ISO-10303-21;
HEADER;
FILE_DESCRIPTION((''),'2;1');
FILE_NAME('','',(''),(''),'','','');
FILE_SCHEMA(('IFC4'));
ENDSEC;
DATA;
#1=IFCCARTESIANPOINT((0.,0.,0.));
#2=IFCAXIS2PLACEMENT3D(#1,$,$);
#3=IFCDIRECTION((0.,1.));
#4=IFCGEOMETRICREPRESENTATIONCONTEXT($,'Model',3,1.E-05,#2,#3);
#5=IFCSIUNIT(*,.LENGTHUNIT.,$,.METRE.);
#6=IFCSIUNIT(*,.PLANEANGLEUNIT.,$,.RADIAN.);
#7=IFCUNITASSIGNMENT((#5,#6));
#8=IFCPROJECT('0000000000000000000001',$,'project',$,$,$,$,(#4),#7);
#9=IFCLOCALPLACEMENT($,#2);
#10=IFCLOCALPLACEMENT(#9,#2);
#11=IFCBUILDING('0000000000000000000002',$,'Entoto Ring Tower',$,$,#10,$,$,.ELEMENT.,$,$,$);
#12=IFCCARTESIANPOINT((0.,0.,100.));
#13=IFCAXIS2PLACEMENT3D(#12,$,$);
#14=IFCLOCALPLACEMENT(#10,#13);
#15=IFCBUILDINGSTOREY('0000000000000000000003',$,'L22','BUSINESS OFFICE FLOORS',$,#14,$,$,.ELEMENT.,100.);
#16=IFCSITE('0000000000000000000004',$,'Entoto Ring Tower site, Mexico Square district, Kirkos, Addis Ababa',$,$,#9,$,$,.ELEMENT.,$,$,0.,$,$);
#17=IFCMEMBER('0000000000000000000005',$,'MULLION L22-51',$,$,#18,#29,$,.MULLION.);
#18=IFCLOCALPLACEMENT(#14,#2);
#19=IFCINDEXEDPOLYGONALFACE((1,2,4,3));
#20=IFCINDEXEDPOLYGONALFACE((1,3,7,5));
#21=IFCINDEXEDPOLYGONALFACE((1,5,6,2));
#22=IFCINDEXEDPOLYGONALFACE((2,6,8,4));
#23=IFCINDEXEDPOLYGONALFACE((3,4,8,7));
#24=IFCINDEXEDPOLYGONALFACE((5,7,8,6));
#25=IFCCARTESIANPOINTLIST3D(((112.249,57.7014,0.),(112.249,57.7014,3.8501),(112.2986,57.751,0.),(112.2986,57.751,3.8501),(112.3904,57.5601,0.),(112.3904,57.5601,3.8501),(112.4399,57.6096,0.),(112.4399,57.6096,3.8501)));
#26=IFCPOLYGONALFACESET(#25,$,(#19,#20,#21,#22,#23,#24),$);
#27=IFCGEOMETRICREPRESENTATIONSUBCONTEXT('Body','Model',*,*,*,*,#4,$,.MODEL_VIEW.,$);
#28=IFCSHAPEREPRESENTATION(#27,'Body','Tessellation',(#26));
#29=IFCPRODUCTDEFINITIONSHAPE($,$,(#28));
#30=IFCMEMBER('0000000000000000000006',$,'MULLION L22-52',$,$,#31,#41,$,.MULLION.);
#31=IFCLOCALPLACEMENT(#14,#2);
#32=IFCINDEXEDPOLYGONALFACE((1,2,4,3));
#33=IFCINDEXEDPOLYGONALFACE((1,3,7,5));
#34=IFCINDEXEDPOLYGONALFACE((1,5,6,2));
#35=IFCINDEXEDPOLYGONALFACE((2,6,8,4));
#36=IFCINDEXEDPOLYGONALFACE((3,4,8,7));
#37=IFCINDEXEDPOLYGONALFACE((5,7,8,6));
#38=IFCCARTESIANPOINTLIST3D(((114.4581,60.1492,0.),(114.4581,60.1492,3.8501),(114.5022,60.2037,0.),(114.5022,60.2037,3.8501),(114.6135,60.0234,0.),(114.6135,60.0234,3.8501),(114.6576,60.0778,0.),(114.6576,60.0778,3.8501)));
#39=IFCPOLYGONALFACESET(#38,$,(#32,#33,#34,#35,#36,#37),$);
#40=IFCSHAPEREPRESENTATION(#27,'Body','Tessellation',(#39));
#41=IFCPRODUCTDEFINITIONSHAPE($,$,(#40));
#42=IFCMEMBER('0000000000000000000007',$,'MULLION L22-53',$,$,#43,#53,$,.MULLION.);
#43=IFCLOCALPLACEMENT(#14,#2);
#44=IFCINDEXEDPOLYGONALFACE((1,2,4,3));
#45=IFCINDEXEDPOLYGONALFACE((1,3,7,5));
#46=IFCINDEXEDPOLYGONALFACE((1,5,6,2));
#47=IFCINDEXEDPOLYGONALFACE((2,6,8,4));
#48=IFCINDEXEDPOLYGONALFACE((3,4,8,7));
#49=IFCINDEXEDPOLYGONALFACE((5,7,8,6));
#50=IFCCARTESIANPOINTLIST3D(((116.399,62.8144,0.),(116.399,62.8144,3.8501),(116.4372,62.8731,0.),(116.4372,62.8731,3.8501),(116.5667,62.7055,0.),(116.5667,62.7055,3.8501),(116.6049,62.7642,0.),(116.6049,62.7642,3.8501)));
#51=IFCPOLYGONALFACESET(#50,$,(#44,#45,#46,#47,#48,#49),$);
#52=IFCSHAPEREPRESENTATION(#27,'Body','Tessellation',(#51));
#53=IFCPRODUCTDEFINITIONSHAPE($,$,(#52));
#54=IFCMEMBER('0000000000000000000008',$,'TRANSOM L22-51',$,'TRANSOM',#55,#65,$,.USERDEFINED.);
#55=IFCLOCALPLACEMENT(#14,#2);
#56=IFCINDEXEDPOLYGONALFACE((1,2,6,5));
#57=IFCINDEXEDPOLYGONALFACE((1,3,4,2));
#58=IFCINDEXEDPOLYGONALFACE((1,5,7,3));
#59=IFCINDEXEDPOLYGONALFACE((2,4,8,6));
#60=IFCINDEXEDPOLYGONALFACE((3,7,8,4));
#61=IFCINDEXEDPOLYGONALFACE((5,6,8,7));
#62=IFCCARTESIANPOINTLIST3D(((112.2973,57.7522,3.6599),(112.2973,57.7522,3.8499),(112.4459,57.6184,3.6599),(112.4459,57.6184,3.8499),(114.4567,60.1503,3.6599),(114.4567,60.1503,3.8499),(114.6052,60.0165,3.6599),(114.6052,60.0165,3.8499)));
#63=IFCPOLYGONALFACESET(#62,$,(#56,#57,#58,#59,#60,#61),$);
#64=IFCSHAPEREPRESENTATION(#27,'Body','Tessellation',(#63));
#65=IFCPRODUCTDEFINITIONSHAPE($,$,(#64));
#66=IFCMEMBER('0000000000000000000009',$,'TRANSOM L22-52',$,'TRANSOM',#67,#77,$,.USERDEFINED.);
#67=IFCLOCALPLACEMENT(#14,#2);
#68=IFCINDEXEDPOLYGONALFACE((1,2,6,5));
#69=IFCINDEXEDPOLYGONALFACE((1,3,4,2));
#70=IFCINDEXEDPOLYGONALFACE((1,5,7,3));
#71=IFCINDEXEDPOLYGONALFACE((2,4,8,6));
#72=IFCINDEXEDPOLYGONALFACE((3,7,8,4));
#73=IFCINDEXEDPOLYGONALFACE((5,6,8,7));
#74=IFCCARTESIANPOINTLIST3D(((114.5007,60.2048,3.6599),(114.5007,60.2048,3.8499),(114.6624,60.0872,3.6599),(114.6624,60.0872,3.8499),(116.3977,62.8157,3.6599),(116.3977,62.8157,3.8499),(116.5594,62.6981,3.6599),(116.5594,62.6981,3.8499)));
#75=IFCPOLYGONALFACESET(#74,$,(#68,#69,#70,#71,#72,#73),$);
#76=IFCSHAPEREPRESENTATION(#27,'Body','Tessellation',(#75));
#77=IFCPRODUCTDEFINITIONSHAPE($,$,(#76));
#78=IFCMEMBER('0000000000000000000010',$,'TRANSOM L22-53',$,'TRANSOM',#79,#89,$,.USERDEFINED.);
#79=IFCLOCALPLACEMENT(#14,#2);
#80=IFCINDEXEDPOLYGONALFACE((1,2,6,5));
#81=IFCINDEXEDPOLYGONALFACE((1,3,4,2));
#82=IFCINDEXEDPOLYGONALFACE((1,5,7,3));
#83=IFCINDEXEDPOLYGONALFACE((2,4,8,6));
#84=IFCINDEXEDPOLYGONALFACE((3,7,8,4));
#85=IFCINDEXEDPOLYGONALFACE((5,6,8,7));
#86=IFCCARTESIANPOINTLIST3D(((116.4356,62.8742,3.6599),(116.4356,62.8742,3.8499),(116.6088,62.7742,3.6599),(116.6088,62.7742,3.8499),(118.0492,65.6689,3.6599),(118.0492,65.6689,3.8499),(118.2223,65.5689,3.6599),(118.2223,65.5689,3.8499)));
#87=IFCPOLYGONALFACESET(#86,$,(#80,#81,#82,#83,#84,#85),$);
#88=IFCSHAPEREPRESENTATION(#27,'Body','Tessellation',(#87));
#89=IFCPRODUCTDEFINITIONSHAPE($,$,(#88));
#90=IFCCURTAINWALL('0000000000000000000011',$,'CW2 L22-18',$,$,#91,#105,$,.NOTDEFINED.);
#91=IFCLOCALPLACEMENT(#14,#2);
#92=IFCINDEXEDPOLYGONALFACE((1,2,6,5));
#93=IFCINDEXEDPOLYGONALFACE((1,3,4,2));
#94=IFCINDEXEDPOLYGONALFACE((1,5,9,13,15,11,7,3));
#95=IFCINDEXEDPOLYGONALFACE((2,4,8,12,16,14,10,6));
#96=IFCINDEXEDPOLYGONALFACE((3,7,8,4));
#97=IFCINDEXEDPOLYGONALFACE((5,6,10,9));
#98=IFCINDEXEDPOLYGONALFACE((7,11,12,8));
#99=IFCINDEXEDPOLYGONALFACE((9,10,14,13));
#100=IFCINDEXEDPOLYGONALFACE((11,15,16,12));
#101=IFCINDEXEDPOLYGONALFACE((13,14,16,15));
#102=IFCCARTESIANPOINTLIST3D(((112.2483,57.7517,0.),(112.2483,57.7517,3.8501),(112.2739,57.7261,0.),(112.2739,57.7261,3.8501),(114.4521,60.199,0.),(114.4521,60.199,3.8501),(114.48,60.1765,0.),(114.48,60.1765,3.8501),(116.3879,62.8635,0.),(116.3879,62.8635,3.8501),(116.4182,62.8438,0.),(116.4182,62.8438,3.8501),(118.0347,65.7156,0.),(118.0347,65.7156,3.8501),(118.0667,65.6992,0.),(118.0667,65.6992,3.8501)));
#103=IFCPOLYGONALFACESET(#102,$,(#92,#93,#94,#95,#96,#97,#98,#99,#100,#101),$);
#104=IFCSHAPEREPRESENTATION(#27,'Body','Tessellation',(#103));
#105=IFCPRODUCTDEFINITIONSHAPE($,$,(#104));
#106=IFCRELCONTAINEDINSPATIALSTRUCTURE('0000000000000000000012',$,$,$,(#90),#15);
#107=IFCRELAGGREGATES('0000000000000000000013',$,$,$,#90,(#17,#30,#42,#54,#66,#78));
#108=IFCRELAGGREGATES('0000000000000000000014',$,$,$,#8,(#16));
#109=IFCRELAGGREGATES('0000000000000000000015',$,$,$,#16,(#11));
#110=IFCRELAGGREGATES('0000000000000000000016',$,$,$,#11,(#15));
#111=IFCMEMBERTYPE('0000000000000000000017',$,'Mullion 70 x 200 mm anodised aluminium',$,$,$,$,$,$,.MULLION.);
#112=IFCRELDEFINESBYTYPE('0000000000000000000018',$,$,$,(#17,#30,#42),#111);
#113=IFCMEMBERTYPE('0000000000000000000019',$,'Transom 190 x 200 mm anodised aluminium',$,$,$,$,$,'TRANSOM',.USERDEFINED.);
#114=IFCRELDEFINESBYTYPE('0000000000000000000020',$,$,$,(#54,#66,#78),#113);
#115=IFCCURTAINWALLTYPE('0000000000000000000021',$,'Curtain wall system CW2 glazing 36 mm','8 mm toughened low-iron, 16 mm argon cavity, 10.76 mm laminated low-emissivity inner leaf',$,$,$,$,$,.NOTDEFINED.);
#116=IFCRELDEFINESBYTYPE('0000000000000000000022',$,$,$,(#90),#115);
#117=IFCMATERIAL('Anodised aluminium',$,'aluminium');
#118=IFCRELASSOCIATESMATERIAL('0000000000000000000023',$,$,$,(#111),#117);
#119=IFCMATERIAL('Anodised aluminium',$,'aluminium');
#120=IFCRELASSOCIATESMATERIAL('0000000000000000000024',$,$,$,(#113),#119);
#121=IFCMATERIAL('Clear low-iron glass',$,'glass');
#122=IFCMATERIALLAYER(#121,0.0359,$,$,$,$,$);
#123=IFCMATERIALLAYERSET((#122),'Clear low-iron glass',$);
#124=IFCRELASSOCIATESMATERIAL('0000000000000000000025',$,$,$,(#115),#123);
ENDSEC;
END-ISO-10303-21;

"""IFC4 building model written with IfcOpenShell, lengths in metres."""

from ifc_helpers import new_model, si_unit, direction, frame, origin, origin_2d, place, context, subcontext, project, spatial, polyline, rectangle, outline, extrude, material, layer, layer_set, material_profile, profile_set, type_object, element, aggregate, save


model = new_model("IFC4")

# Units and contexts
model_context = context("Model", 3, precision=1e-05, world=origin(), true_north=direction((0.0, 1.0)))
body_context = subcontext(model_context, "Body", "Model", "MODEL_VIEW")
ifc_project = project(units=[si_unit("LENGTHUNIT", "METRE"), si_unit("PLANEANGLEUNIT", "RADIAN")], contexts=[model_context])

# Members
ifc_material_1 = material(Name="Anodised aluminium", Category="aluminium")
ifc_material_profile_1 = material_profile(ifc_material_1, rectangle(XDim=0.0701, YDim=0.2, at=origin_2d()), Name="Mullion 70 x 200 mm anodised aluminium")
ifc_profile_set_1 = profile_set([ifc_material_profile_1], Name="Anodised aluminium")
member_type_1 = type_object("IfcMemberType", Name="Mullion 70 x 200 mm anodised aluminium", PredefinedType="MULLION", material=ifc_profile_set_1)
site_placement = place(None, origin())
building_placement = place(site_placement, origin())
storey_placement = place(building_placement, frame((0.0, 0.0, 100.0)))
member_1_placement = place(storey_placement, frame((112.3445, 57.6555, 0.0), z_axis=(0.0, 0.0, 1.0), x_axis=(0.707107, 0.707107, 0.0)))
member_1 = element("IfcMember", 1, at=member_1_placement, type_object=member_type_1, Name="MULLION L22-51", PredefinedType="MULLION", context=body_context, shape_type="SweptSolid", body=[
    extrude(rectangle(XDim=0.0701, YDim=0.2, at=origin_2d()), origin(), (0.0, 0.0, 1.0), 3.8501),
])
member_2_placement = place(storey_placement, frame((114.5579, 60.1135, 0.0), z_axis=(0.0, 0.0, 1.0), x_axis=(0.62932, 0.777146, 0.0)))
member_2 = element("IfcMember", 2, at=member_2_placement, type_object=member_type_1, Name="MULLION L22-52", PredefinedType="MULLION", context=body_context, shape_type="SweptSolid", body=[
    extrude(rectangle(XDim=0.0701, YDim=0.2, at=origin_2d()), origin(), (0.0, 0.0, 1.0), 3.8501),
])
member_3_placement = place(storey_placement, frame((116.502, 62.7893, 0.0), z_axis=(0.0, 0.0, 1.0), x_axis=(0.544639, 0.838671, 0.0)))
member_3 = element("IfcMember", 3, at=member_3_placement, type_object=member_type_1, Name="MULLION L22-53", PredefinedType="MULLION", context=body_context, shape_type="SweptSolid", body=[
    extrude(rectangle(XDim=0.0701, YDim=0.2, at=origin_2d()), origin(), (0.0, 0.0, 1.0), 3.8501),
])
ifc_material_2 = material(Name="Anodised aluminium", Category="aluminium")
ifc_material_profile_2 = material_profile(ifc_material_2, rectangle(XDim=0.2, YDim=0.1899, at=origin_2d()), Name="Transom 190 x 200 mm anodised aluminium")
ifc_profile_set_2 = profile_set([ifc_material_profile_2], Name="Anodised aluminium")
member_type_2 = type_object("IfcMemberType", Name="Transom 190 x 200 mm anodised aluminium", ElementType="TRANSOM", PredefinedType="USERDEFINED", material=ifc_profile_set_2)
member_4_placement = place(storey_placement, frame((112.3716, 57.6853, 3.7549), z_axis=(0.669144, 0.743132, 0.0), x_axis=(-0.743132, 0.669144, 0.0)))
member_4 = element("IfcMember", 4, at=member_4_placement, type_object=member_type_2, Name="TRANSOM L22-51", ObjectType="TRANSOM", PredefinedType="USERDEFINED", context=body_context, shape_type="SweptSolid", body=[
    extrude(rectangle(XDim=0.2, YDim=0.1899, at=origin_2d()), origin(), (0.0, 0.0, 1.0), 3.2271),
])
member_5_placement = place(storey_placement, frame((114.5815, 60.146, 3.7549), z_axis=(0.587803, 0.809004, 0.0), x_axis=(-0.809004, 0.587803, 0.0)))
member_5 = element("IfcMember", 5, at=member_5_placement, type_object=member_type_2, Name="TRANSOM L22-52", ObjectType="TRANSOM", PredefinedType="USERDEFINED", context=body_context, shape_type="SweptSolid", body=[
    extrude(rectangle(XDim=0.2, YDim=0.1899, at=origin_2d()), origin(), (0.0, 0.0, 1.0), 3.2273),
])
member_6_placement = place(storey_placement, frame((116.5222, 62.8242, 3.7549), z_axis=(0.500004, 0.866023, 0.0), x_axis=(-0.866023, 0.500004, 0.0)))
member_6 = element("IfcMember", 6, at=member_6_placement, type_object=member_type_2, Name="TRANSOM L22-53", ObjectType="TRANSOM", PredefinedType="USERDEFINED", context=body_context, shape_type="SweptSolid", body=[
    extrude(rectangle(XDim=0.2, YDim=0.1899, at=origin_2d()), origin(), (0.0, 0.0, 1.0), 3.2271),
])

# Site, building, storey
site = spatial("IfcSite", under=ifc_project, at=site_placement, Name="Entoto Ring Tower site, Mexico Square district, Kirkos, Addis Ababa", CompositionType="ELEMENT", RefElevation=0.0)
building = spatial("IfcBuilding", under=site, at=building_placement, Name="Entoto Ring Tower", CompositionType="ELEMENT")
storey = spatial("IfcBuildingStorey", under=building, at=storey_placement, Name="L22", Description="BUSINESS OFFICE FLOORS", CompositionType="ELEMENT", Elevation=100.0)

# Curtain wall
ifc_material_3 = material(Name="Clear low-iron glass", Category="glass")
ifc_layer_1 = layer(ifc_material_3, 0.0359)
ifc_layer_set_1 = layer_set([ifc_layer_1], Name="Clear low-iron glass")
curtain_wall_type = type_object("IfcCurtainWallType", Name="Curtain wall system CW2 glazing 36 mm", Description="8 mm toughened low-iron, 16 mm argon cavity, 10.76 mm laminated low-emissivity inner leaf", PredefinedType="NOTDEFINED", material=ifc_layer_set_1)
curtain_wall_1_placement = place(storey_placement, origin())
curtain_wall_1 = element("IfcCurtainWall", 7, at=curtain_wall_1_placement, inside=storey, type_object=curtain_wall_type, Name="CW2 L22-18", PredefinedType="NOTDEFINED", context=body_context, shape_type="SweptSolid", body=[
    extrude(outline(polyline([(112.2739, 57.7261), (114.48, 60.1765), (116.4182, 62.8438), (118.0667, 65.6992), (118.0347, 65.7156), (116.3879, 62.8635), (114.4521, 60.199), (112.2483, 57.7517), (112.2739, 57.7261)])), origin(), (0.0, 0.0, 1.0), 3.8501),
])
aggregate(curtain_wall_1, [member_1, member_2, member_3, member_4, member_5, member_6])

save(model, "model.ifc")
